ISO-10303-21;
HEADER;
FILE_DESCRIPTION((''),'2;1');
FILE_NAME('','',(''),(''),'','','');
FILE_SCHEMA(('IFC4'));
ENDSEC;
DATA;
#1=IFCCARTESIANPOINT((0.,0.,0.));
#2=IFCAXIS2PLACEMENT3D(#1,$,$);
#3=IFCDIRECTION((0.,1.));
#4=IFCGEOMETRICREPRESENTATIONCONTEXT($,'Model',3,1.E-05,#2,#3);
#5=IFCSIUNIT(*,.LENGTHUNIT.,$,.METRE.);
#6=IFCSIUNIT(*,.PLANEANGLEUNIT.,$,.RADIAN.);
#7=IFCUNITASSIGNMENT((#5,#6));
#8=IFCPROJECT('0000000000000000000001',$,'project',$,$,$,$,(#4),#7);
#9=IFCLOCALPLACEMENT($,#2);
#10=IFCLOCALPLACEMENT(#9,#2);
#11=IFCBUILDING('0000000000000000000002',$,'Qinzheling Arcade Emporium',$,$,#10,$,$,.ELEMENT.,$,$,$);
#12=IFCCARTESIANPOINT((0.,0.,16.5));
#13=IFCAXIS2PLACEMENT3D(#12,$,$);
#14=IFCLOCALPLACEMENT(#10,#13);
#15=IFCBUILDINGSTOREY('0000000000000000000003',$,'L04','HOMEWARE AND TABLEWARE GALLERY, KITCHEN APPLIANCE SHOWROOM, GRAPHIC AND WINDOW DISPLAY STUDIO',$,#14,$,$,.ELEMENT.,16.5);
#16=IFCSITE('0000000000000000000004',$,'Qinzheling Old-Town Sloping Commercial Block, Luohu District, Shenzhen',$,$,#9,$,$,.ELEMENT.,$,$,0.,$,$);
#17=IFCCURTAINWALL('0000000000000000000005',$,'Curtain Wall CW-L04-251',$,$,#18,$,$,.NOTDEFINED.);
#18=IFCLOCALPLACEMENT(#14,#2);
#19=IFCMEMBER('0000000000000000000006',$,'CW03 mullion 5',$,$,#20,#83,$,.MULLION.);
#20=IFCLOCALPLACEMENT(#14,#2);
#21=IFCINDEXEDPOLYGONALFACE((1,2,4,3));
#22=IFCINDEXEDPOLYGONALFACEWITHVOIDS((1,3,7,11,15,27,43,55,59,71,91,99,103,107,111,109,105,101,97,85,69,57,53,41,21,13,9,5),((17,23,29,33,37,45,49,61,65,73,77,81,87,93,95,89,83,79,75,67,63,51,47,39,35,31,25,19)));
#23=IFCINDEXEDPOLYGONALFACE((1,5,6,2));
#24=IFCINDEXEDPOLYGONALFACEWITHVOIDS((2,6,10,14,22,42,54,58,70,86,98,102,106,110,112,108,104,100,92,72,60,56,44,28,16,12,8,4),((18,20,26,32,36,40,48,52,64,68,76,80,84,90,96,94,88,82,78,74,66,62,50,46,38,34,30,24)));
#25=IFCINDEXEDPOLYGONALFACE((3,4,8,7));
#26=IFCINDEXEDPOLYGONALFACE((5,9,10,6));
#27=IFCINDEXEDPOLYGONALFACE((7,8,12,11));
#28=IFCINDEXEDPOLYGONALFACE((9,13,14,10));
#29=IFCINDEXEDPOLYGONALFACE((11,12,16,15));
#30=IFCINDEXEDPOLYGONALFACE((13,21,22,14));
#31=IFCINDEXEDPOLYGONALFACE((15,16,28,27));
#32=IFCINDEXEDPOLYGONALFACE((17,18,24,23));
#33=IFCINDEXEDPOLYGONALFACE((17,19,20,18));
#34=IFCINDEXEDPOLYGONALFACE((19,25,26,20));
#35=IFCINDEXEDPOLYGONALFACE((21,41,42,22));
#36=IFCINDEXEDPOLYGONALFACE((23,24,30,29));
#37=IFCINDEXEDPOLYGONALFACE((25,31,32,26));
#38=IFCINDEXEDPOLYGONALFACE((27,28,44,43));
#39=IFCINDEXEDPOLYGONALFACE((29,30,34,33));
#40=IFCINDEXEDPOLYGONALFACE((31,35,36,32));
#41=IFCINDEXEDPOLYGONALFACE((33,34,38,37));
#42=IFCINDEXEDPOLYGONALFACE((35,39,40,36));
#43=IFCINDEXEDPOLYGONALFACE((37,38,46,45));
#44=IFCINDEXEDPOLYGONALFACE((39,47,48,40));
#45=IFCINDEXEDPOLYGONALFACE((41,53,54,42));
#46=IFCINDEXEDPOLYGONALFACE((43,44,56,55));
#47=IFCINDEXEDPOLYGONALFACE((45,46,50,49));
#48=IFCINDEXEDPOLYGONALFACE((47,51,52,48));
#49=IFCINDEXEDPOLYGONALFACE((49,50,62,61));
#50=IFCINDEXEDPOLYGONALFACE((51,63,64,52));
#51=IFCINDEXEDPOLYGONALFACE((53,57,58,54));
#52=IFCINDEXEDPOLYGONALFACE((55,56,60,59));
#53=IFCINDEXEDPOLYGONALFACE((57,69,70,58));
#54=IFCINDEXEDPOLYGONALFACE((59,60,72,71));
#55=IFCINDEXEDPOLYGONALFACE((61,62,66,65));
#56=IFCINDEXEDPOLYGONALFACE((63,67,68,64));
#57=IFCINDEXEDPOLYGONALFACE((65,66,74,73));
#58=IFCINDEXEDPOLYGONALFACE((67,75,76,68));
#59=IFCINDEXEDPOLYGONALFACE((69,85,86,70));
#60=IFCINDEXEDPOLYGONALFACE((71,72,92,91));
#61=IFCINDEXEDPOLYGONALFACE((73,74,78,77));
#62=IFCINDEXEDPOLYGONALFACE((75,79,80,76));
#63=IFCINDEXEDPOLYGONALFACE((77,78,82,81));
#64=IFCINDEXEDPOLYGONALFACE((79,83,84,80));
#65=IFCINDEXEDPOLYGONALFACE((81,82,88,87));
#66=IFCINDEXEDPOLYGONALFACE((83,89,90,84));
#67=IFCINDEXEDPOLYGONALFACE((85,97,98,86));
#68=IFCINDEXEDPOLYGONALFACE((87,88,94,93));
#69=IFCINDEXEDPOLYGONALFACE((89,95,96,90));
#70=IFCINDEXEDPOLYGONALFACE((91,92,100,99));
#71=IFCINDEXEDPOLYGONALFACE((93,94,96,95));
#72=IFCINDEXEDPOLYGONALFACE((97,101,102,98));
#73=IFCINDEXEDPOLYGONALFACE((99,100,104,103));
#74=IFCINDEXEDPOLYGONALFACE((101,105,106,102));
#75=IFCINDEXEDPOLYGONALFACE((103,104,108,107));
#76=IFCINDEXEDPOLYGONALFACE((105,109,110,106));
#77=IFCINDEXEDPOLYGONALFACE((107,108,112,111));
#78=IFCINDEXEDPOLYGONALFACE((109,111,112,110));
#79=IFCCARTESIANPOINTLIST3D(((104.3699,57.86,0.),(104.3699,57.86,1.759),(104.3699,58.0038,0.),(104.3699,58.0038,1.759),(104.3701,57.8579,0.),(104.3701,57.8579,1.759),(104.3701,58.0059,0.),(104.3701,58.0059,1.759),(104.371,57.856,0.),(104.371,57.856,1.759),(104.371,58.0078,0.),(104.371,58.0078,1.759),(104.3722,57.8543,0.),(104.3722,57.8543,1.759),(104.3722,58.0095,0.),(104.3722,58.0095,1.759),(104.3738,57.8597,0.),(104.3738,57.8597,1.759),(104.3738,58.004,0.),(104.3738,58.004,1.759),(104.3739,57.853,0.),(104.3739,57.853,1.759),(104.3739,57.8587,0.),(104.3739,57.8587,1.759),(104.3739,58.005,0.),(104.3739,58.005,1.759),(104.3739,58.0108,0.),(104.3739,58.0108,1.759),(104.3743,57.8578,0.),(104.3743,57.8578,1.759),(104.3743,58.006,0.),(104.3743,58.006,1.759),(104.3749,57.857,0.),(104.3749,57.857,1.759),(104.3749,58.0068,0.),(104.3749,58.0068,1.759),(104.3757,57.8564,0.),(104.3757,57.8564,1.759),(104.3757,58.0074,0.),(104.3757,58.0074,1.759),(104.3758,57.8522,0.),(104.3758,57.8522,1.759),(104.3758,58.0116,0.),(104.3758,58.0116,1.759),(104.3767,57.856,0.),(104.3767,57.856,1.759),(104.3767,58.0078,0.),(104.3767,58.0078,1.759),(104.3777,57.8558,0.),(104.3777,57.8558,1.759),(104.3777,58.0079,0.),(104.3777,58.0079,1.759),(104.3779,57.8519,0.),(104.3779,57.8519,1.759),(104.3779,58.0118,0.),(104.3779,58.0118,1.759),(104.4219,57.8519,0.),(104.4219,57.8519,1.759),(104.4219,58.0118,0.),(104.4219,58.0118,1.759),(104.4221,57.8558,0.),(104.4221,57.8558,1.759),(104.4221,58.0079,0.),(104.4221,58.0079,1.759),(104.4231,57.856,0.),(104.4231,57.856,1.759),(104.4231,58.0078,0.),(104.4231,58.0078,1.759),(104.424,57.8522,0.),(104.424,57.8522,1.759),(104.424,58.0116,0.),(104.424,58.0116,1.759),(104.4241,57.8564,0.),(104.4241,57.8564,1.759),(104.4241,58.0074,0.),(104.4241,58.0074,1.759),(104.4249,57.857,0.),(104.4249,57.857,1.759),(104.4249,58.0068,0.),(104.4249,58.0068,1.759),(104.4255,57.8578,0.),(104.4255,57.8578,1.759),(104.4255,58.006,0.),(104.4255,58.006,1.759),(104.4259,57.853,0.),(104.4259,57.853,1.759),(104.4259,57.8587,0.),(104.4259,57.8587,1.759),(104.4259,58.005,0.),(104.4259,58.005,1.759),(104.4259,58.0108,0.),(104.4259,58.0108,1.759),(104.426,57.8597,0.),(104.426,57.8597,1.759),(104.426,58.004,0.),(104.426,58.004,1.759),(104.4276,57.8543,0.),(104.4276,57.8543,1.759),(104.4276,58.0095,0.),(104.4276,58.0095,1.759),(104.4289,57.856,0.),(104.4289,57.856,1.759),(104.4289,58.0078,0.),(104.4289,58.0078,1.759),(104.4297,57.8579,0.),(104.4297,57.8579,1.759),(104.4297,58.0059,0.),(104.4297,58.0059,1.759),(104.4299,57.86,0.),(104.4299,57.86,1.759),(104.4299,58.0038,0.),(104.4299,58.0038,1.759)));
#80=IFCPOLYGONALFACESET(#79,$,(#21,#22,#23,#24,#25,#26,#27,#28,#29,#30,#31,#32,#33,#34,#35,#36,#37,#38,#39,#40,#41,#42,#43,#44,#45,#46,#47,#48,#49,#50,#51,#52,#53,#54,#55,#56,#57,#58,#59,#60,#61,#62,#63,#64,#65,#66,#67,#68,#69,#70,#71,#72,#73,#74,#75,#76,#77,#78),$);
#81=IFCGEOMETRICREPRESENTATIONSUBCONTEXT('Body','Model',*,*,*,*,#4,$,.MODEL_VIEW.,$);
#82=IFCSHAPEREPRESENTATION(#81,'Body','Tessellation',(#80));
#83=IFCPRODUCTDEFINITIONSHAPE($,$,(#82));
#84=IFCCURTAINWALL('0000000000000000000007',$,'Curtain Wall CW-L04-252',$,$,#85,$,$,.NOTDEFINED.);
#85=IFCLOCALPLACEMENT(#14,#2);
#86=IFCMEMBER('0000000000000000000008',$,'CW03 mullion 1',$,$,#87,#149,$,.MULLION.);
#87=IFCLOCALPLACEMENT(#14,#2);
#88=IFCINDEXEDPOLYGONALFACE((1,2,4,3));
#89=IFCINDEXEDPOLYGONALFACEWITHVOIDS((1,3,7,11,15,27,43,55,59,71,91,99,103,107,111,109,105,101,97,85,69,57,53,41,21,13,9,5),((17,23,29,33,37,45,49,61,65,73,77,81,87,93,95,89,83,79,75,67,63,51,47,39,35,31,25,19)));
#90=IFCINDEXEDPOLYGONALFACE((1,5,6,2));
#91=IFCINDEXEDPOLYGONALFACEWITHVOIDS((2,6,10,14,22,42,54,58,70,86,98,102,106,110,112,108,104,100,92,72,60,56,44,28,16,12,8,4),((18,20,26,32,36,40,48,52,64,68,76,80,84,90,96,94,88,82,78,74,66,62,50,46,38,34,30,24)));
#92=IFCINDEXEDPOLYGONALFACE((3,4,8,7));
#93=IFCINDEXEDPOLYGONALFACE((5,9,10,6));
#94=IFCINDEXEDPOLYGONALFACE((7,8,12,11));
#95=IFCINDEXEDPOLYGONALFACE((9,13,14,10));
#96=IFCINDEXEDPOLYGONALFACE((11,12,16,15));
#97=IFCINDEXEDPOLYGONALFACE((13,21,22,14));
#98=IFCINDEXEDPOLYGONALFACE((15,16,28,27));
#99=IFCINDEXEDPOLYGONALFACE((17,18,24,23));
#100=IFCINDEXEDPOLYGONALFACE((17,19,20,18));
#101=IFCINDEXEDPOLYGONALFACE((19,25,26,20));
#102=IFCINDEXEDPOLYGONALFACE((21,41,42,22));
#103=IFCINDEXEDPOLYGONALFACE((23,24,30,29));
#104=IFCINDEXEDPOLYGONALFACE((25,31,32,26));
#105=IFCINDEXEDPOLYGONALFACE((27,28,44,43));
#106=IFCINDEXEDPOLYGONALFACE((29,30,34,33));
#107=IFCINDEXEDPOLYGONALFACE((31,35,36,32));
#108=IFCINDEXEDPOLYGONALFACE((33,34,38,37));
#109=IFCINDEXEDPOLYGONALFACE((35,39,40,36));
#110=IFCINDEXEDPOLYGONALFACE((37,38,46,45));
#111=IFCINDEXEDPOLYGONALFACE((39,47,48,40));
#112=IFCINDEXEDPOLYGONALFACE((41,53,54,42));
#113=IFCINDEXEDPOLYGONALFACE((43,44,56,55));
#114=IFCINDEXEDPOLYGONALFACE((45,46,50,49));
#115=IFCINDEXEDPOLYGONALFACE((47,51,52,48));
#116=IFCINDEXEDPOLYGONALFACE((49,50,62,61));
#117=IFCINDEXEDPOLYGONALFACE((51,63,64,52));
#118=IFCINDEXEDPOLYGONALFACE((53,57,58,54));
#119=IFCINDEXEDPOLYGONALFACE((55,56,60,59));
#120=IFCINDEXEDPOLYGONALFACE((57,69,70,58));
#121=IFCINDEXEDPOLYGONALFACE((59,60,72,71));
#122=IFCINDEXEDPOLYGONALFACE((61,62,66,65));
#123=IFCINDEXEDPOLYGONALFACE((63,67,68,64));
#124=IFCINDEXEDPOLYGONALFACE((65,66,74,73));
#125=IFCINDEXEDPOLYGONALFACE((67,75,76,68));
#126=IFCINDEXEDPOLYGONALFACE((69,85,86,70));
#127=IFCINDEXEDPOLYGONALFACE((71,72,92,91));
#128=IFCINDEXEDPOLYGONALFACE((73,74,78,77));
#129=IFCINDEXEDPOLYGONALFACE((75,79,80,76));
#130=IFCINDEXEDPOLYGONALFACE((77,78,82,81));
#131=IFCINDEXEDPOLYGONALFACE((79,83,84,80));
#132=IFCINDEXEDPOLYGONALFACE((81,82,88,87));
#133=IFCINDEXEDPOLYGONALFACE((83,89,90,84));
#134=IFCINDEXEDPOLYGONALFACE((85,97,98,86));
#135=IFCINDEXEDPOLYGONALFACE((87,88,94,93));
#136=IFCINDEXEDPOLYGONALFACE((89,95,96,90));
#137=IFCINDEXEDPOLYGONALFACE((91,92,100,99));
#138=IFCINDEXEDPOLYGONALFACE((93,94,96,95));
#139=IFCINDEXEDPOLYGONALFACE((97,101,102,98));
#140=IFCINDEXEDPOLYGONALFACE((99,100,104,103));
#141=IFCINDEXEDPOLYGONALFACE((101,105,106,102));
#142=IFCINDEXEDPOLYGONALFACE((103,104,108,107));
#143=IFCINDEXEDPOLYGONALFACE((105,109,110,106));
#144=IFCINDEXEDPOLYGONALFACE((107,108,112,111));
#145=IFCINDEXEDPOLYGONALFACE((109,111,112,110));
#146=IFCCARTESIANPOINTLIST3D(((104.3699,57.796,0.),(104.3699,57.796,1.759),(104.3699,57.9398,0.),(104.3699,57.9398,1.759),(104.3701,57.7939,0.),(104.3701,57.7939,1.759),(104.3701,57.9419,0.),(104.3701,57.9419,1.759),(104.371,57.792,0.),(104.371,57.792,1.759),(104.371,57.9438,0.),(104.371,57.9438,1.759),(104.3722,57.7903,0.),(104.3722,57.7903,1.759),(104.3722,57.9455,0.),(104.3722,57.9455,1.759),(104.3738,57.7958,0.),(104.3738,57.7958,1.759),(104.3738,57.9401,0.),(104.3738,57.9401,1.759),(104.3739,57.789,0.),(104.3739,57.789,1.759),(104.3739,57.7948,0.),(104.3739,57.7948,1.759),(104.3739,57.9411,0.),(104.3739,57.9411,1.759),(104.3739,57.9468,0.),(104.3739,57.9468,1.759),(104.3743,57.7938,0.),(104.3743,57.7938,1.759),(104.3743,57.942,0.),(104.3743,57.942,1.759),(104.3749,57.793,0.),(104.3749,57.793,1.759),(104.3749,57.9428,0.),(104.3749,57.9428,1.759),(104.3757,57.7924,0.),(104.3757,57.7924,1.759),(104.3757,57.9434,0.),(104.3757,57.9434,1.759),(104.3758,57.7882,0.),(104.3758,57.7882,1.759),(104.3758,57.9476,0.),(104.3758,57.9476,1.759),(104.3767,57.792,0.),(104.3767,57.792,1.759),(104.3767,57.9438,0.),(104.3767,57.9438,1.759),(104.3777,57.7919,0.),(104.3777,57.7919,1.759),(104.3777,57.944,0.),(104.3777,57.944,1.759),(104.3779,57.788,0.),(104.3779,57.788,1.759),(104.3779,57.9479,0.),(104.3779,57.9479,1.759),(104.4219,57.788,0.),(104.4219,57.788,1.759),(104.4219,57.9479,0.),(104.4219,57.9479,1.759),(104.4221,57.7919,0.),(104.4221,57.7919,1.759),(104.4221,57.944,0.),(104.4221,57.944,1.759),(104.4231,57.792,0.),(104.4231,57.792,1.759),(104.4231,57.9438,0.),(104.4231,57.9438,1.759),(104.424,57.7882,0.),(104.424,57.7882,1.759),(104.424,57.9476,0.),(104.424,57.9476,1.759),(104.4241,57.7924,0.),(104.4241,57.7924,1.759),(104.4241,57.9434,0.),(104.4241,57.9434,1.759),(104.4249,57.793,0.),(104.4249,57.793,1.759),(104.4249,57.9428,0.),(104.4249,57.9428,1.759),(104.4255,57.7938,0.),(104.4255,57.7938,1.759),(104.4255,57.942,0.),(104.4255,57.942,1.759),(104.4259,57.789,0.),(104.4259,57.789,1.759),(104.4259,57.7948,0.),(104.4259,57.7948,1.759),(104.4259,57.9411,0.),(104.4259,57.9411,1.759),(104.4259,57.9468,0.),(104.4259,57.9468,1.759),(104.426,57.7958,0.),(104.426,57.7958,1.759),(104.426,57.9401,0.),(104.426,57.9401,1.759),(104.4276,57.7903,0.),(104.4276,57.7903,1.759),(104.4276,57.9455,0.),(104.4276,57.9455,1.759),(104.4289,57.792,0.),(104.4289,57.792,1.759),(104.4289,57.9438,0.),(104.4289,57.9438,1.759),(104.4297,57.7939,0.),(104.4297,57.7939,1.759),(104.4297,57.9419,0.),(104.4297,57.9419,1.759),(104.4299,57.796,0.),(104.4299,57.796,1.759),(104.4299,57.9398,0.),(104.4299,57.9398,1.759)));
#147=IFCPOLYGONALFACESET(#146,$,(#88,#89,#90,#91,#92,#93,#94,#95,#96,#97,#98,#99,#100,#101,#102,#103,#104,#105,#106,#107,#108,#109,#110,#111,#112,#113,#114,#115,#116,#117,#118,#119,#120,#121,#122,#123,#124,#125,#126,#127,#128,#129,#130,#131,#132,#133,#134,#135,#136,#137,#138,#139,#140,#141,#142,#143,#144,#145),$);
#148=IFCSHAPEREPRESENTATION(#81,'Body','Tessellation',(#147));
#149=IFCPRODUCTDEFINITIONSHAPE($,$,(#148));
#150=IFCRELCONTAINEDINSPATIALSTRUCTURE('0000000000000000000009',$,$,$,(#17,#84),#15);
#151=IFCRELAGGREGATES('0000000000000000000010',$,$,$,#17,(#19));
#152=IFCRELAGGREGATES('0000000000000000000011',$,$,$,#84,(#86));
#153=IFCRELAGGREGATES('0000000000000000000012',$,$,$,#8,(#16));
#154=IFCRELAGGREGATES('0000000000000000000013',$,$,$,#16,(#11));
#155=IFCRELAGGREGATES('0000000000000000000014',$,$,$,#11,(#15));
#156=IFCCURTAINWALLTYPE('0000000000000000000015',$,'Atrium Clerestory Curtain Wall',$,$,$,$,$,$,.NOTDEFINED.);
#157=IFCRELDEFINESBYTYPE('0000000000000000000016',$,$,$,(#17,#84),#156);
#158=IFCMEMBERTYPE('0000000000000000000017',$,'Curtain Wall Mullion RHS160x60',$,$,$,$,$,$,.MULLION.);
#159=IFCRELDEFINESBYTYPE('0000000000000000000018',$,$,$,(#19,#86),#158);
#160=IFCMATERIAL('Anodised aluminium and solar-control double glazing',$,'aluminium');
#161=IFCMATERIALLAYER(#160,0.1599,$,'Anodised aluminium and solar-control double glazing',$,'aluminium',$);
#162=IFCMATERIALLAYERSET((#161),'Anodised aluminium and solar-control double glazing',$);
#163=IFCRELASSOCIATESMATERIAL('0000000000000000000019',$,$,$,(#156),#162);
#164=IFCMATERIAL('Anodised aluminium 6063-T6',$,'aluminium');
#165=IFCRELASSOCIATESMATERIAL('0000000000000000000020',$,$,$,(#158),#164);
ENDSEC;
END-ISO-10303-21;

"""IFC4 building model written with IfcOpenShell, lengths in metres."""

from ifc_helpers import new_model, si_unit, direction, frame, origin, origin_2d, place, context, subcontext, project, spatial, hollow_rectangle, extrude, material, layer, layer_set, material_profile, profile_set, type_object, element, aggregate, save


model = new_model("IFC4")

# Units and contexts
model_context = context("Model", 3, precision=1e-05, world=origin(), true_north=direction((0.0, 1.0)))
body_context = subcontext(model_context, "Body", "Model", "MODEL_VIEW")
ifc_project = project(units=[si_unit("LENGTHUNIT", "METRE"), si_unit("PLANEANGLEUNIT", "RADIAN")], contexts=[model_context])

# Site, building, storey
site_placement = place(None, origin())
site = spatial("IfcSite", under=ifc_project, at=site_placement, Name="Qinzheling Old-Town Sloping Commercial Block, Luohu District, Shenzhen", CompositionType="ELEMENT", RefElevation=0.0)
building_placement = place(site_placement, origin())
building = spatial("IfcBuilding", under=site, at=building_placement, Name="Qinzheling Arcade Emporium", CompositionType="ELEMENT")
storey_placement = place(building_placement, frame((0.0, 0.0, 16.5)))
storey = spatial("IfcBuildingStorey", under=building, at=storey_placement, Name="L04", Description="HOMEWARE AND TABLEWARE GALLERY, KITCHEN APPLIANCE SHOWROOM, GRAPHIC AND WINDOW DISPLAY STUDIO", CompositionType="ELEMENT", Elevation=16.5)

# Curtain walls, members
ifc_material_1 = material(Name="Anodised aluminium and solar-control double glazing", Category="aluminium")
ifc_layer_1 = layer(ifc_material_1, 0.1599, Name="Anodised aluminium and solar-control double glazing", Category="aluminium")
ifc_layer_set_1 = layer_set([ifc_layer_1], Name="Anodised aluminium and solar-control double glazing")
curtain_wall_type = type_object("IfcCurtainWallType", Name="Atrium Clerestory Curtain Wall", PredefinedType="NOTDEFINED", material=ifc_layer_set_1)
curtain_wall_1_placement = place(storey_placement, origin())
curtain_wall_1 = element("IfcCurtainWall", 1, at=curtain_wall_1_placement, inside=storey, type_object=curtain_wall_type, Name="Curtain Wall CW-L04-251", PredefinedType="NOTDEFINED")
ifc_material_2 = material(Name="Anodised aluminium 6063-T6", Category="aluminium")
ifc_material_profile_1 = material_profile(ifc_material_2, hollow_rectangle(XDim=0.0601, YDim=0.1599, WallThickness=0.0039, InnerFilletRadius=0.0039, OuterFilletRadius=0.0081, at=origin_2d()), Name="RHS 160x60x4", Category="aluminium")
ifc_profile_set_1 = profile_set([ifc_material_profile_1], Name="Anodised aluminium 6063-T6")
member_type_1 = type_object("IfcMemberType", Name="Curtain Wall Mullion RHS160x60", PredefinedType="MULLION", material=ifc_profile_set_1)
member_1_placement = place(storey_placement, frame((104.3999, 57.9319, 0.0), z_axis=(0.0, 0.0, 1.0), x_axis=(1.0, 0.0, 0.0)))
member_1 = element("IfcMember", 2, at=member_1_placement, type_object=member_type_1, Name="CW03 mullion 5", PredefinedType="MULLION", context=body_context, shape_type="SweptSolid", body=[
    extrude(hollow_rectangle(XDim=0.0601, YDim=0.1599, WallThickness=0.0039, InnerFilletRadius=0.0039, OuterFilletRadius=0.0081, at=origin_2d()), origin(), (0.0, 0.0, 1.0), 1.759),
])
curtain_wall_2_placement = place(storey_placement, origin())
curtain_wall_2 = element("IfcCurtainWall", 3, at=curtain_wall_2_placement, inside=storey, type_object=curtain_wall_type, Name="Curtain Wall CW-L04-252", PredefinedType="NOTDEFINED")
member_2_placement = place(storey_placement, frame((104.3999, 57.8679, 0.0), z_axis=(0.0, 0.0, 1.0), x_axis=(1.0, 0.0, 0.0)))
member_2 = element("IfcMember", 4, at=member_2_placement, type_object=member_type_1, Name="CW03 mullion 1", PredefinedType="MULLION", context=body_context, shape_type="SweptSolid", body=[
    extrude(hollow_rectangle(XDim=0.0601, YDim=0.1599, WallThickness=0.0039, InnerFilletRadius=0.0039, OuterFilletRadius=0.0081, at=origin_2d()), origin(), (0.0, 0.0, 1.0), 1.759),
])

aggregate(curtain_wall_1, [member_1])
aggregate(curtain_wall_2, [member_2])

save(model, "model.ifc")
